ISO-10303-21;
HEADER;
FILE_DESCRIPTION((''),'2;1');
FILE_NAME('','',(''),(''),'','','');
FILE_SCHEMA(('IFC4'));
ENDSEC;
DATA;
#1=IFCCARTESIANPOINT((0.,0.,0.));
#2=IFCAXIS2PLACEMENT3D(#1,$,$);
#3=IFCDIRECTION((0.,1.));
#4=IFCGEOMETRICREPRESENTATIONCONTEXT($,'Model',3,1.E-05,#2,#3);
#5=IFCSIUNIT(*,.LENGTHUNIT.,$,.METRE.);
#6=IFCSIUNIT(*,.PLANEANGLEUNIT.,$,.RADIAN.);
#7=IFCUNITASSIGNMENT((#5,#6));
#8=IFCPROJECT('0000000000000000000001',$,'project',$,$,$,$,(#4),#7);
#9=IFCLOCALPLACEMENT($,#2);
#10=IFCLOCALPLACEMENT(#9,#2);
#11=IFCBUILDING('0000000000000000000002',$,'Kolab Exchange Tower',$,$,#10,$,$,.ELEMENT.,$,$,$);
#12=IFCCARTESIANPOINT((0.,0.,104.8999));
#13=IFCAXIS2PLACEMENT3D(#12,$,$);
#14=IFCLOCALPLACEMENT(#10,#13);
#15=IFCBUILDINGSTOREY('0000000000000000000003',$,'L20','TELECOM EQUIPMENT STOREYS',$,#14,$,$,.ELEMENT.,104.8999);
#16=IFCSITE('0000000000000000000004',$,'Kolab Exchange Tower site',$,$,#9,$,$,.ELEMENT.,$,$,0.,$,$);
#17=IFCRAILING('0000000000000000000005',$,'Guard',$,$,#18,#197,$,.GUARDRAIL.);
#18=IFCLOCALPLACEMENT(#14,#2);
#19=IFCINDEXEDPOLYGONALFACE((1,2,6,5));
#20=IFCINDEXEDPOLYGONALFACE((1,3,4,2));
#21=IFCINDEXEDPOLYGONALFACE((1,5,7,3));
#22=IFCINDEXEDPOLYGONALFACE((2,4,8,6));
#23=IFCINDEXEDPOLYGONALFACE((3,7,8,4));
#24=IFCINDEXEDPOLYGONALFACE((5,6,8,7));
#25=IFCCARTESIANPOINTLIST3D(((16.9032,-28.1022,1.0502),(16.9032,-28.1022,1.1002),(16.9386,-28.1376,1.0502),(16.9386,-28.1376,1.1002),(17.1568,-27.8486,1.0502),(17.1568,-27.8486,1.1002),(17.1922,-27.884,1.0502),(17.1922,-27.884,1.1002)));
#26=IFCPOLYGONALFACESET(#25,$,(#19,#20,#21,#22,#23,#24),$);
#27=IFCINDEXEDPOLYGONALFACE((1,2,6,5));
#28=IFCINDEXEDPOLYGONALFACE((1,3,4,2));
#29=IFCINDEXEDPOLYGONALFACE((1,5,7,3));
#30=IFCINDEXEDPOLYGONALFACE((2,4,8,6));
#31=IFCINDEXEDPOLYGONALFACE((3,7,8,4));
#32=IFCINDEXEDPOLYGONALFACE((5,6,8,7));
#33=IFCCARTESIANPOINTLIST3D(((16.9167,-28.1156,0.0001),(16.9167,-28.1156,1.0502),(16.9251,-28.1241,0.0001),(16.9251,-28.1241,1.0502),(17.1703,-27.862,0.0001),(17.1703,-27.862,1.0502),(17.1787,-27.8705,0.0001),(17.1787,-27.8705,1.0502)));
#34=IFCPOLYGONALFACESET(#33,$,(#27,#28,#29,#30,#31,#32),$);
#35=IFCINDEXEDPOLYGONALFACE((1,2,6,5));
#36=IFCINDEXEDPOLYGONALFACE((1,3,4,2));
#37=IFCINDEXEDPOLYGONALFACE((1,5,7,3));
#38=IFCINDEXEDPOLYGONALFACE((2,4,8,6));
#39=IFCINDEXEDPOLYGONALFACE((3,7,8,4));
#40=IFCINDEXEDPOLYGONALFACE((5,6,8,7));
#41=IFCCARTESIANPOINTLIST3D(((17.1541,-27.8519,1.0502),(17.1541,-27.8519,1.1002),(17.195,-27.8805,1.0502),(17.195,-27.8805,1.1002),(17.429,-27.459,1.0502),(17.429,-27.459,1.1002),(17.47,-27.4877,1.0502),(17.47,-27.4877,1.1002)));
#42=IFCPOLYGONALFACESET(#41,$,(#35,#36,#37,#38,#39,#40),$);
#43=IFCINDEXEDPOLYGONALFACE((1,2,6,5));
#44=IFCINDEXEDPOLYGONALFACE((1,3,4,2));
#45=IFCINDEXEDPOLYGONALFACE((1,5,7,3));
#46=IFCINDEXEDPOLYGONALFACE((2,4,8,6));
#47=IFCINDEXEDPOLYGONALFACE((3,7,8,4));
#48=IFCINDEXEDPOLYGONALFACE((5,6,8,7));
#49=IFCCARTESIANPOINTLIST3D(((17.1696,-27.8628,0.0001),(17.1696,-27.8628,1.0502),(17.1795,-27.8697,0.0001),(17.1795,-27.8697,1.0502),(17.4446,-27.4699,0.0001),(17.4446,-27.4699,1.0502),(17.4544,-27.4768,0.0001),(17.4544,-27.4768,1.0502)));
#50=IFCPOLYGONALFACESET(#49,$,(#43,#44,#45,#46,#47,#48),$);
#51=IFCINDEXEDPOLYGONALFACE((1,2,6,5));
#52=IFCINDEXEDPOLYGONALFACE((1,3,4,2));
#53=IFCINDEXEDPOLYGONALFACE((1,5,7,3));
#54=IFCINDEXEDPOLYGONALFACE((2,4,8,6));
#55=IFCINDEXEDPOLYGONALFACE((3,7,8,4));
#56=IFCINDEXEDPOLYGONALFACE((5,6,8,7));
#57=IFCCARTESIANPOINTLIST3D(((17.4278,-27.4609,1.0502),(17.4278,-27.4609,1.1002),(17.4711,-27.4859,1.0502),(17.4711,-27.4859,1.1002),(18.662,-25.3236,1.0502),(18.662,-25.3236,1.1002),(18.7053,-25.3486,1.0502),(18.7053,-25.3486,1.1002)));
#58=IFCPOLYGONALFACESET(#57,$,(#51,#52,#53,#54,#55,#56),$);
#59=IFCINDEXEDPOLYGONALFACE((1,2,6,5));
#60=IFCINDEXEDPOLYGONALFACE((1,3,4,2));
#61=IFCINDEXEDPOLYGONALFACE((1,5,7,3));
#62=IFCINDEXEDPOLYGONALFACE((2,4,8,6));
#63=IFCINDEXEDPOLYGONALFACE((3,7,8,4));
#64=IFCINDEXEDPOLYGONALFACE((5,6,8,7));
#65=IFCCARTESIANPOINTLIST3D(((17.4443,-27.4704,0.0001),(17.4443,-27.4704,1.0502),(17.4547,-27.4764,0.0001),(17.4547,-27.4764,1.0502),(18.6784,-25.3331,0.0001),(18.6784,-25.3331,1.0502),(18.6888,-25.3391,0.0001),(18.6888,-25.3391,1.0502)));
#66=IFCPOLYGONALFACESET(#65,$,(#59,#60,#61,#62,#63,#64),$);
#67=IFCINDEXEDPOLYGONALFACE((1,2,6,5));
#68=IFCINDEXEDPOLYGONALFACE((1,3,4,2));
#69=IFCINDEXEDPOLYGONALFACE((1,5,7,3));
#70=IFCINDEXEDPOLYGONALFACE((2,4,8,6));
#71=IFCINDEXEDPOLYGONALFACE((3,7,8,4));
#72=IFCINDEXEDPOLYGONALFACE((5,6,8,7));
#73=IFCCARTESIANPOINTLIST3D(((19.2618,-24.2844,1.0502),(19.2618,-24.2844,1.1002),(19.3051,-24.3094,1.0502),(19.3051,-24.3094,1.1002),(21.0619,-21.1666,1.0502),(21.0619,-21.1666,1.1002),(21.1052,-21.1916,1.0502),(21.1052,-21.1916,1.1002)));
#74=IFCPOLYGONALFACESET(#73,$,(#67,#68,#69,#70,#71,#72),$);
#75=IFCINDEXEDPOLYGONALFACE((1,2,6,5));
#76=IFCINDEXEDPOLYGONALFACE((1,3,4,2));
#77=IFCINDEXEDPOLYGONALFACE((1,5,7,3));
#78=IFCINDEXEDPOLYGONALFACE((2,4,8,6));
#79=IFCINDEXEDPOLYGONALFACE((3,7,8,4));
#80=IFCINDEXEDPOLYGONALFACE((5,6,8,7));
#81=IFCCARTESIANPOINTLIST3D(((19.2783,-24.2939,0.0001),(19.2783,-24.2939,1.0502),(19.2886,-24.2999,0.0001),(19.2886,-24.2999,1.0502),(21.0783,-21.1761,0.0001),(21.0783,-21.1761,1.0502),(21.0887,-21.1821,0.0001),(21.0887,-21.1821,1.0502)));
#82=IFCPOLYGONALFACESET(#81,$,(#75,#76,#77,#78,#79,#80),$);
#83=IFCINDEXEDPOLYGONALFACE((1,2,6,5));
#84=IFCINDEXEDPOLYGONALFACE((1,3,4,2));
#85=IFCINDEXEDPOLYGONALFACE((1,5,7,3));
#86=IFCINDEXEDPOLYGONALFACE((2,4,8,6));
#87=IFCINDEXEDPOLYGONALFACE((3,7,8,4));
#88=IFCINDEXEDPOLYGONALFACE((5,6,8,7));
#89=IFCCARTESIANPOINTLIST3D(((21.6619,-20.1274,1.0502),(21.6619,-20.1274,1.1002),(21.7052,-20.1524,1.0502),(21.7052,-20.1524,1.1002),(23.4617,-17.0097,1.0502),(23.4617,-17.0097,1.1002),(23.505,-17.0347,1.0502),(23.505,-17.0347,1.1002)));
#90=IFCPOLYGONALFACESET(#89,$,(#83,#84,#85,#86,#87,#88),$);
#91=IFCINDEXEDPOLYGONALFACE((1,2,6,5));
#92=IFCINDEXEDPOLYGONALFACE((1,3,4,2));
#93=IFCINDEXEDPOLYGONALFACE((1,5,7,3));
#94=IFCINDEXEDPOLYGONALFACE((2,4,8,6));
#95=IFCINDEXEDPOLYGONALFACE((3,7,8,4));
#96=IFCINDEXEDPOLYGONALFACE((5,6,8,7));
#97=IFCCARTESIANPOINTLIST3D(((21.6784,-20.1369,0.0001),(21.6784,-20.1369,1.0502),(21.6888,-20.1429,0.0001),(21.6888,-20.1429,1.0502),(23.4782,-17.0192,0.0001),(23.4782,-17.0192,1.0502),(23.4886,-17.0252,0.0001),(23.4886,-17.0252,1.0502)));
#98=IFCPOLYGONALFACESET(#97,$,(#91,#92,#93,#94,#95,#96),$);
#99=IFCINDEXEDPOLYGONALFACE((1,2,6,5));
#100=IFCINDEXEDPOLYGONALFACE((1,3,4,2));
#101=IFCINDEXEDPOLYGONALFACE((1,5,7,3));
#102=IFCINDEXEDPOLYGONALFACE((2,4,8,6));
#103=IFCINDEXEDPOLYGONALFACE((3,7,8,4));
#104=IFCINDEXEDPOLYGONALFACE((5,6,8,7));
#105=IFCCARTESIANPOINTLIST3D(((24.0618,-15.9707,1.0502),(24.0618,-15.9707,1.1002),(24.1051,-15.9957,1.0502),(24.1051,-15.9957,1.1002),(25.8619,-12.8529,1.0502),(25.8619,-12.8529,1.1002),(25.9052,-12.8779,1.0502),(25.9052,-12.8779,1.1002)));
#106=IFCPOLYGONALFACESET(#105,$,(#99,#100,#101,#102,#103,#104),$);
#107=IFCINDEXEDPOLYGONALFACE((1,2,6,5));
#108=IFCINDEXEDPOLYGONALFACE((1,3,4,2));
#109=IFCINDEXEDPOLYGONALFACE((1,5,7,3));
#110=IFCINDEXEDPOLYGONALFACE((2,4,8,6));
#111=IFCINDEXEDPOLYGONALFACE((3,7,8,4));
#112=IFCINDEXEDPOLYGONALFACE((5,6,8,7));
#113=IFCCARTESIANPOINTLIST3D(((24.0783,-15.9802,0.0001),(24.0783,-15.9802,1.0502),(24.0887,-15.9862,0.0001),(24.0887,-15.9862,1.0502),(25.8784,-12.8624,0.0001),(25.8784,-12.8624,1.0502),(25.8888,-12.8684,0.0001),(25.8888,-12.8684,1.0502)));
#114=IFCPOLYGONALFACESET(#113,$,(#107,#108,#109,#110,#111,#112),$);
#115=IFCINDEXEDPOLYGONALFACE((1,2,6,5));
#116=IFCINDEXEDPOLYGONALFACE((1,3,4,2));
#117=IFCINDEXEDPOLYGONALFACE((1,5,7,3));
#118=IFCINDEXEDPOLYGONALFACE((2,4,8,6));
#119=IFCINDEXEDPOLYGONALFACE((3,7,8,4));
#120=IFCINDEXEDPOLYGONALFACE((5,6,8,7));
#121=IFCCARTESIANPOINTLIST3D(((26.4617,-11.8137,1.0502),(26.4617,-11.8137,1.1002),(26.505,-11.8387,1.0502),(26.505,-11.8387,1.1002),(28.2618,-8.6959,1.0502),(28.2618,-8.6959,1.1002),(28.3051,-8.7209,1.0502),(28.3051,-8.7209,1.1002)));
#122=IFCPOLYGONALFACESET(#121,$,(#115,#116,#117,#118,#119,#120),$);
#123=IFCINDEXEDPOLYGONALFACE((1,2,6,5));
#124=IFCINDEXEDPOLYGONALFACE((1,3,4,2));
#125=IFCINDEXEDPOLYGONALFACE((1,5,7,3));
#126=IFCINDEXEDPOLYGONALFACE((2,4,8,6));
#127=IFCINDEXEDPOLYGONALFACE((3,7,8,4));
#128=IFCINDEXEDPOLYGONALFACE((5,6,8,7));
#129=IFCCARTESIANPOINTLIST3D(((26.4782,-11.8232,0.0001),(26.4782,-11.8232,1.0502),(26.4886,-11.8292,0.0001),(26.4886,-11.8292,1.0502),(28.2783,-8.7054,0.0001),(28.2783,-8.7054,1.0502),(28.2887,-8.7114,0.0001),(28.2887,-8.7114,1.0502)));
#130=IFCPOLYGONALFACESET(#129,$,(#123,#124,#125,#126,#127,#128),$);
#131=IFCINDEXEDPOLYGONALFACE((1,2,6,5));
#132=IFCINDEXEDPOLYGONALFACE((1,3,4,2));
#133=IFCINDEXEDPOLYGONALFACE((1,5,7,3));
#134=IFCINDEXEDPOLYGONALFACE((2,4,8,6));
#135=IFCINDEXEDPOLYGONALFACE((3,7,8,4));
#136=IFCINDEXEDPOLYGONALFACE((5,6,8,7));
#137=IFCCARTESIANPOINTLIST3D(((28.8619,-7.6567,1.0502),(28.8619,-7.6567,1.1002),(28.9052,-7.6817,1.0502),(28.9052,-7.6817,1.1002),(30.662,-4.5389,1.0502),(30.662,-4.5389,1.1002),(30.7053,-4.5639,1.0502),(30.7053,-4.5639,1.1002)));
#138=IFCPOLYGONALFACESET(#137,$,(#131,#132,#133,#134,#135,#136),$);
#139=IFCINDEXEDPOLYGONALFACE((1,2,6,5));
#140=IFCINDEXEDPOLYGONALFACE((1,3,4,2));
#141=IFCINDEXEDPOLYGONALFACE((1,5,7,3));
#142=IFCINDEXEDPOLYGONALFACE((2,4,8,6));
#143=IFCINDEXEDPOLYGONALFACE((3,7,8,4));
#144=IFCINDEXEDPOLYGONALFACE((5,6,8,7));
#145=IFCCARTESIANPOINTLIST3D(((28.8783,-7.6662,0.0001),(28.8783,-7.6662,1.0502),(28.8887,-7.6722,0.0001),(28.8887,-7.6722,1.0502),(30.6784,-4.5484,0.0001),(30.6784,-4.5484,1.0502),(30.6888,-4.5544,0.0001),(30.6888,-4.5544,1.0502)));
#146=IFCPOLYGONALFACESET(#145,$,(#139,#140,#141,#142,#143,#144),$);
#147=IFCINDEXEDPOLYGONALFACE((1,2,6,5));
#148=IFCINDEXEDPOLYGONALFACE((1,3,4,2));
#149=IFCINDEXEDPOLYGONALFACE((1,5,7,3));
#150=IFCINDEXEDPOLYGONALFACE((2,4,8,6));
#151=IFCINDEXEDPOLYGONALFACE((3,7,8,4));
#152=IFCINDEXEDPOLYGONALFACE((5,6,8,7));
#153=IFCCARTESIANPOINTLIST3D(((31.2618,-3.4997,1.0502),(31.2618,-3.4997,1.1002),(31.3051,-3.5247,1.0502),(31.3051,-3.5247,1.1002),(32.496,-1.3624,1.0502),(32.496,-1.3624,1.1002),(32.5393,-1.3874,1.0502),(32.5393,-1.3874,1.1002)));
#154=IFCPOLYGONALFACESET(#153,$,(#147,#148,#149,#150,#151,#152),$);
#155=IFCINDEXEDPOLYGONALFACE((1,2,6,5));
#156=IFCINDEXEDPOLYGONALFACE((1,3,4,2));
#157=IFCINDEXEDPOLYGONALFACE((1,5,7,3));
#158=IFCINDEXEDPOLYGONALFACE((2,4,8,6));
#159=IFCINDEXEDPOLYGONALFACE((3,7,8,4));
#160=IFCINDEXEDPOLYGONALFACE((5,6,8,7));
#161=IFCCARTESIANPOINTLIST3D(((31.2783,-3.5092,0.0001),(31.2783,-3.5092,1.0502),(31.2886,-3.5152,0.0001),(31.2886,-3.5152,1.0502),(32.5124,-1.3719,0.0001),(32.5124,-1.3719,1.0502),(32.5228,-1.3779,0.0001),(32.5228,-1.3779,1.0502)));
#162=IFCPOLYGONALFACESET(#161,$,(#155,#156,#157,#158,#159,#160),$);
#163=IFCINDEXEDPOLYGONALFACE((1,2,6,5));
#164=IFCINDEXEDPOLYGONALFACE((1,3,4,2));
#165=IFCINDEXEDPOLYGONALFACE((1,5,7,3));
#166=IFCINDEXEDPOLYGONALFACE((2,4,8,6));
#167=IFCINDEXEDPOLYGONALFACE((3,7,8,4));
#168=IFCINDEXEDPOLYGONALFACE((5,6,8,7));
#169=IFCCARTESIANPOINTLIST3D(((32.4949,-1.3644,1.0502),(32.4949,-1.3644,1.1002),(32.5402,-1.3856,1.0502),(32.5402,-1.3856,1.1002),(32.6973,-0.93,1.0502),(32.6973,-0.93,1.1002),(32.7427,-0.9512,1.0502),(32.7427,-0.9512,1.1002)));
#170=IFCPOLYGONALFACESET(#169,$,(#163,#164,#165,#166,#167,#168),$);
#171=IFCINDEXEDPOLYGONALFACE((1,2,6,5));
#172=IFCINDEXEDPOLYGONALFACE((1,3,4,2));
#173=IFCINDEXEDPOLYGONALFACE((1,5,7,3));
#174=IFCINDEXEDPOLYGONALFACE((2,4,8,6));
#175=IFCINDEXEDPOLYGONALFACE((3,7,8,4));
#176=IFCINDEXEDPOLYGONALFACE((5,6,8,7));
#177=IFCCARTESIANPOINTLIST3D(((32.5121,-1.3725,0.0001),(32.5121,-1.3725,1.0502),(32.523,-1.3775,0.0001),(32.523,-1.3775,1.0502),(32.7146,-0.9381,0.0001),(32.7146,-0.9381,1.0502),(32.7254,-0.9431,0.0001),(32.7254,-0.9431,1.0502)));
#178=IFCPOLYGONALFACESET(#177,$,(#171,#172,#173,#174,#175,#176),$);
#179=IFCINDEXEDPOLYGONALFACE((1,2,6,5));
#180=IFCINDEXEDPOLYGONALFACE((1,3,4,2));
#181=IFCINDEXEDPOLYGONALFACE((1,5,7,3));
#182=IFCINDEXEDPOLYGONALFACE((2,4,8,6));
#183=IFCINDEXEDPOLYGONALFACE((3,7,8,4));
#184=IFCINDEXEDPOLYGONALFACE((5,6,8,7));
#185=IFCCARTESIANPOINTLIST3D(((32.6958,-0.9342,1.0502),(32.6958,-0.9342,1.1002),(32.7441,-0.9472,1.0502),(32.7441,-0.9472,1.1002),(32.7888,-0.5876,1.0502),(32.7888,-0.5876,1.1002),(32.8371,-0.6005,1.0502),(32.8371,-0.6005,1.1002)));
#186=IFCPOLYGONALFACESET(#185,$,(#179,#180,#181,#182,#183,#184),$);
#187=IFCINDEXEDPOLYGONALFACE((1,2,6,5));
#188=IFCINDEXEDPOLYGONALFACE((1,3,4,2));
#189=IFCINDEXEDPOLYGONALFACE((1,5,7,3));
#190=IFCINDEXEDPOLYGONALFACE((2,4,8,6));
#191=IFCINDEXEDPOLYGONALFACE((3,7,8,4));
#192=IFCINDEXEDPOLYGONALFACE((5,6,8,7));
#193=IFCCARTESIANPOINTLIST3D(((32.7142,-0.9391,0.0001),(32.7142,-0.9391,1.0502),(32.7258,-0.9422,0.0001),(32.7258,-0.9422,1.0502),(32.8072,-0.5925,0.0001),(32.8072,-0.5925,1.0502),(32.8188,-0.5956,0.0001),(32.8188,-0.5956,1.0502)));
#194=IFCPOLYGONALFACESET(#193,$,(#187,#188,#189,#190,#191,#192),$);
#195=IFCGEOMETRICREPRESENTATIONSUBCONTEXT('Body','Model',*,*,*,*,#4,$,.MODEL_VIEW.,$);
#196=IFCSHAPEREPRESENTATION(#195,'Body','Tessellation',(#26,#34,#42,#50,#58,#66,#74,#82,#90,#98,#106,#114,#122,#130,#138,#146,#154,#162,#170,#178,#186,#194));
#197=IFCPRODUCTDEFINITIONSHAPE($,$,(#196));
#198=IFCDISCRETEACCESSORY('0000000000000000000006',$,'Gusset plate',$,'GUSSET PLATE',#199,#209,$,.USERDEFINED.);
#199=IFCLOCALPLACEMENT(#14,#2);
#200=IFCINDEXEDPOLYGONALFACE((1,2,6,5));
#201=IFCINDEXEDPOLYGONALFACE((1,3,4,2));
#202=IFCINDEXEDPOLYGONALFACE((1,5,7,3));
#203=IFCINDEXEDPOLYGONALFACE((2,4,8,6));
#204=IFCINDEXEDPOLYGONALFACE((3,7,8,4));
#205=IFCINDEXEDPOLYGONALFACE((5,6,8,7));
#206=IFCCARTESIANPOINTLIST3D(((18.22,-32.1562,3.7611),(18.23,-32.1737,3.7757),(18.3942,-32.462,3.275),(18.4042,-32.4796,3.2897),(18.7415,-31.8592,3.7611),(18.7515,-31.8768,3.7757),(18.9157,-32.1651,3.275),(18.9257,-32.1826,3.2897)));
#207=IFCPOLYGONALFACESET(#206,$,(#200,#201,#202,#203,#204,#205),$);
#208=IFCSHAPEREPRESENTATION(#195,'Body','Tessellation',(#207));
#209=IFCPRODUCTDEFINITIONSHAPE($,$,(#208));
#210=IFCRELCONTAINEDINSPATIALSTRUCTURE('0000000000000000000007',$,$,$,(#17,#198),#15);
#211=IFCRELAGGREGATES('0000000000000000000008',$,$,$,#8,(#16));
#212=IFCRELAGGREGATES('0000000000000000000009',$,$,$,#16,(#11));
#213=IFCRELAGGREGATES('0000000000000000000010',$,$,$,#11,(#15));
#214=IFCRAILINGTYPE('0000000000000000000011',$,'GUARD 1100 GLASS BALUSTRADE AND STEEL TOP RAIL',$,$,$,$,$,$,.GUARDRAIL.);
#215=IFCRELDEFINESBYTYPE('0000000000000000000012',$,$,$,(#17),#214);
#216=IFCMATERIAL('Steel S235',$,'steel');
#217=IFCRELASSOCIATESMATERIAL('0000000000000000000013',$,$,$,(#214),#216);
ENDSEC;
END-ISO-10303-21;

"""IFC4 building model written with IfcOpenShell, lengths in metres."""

from ifc_helpers import new_model, si_unit, direction, frame, frame_2d, origin, origin_2d, place, context, subcontext, project, spatial, rectangle, extrude, material, type_object, element, save


model = new_model("IFC4")

# Units and contexts
model_context = context("Model", 3, precision=1e-05, world=origin(), true_north=direction((0.0, 1.0)))
body_context = subcontext(model_context, "Body", "Model", "MODEL_VIEW")
ifc_project = project(units=[si_unit("LENGTHUNIT", "METRE"), si_unit("PLANEANGLEUNIT", "RADIAN")], contexts=[model_context])

# Site, building, storey
site_placement = place(None, origin())
site = spatial("IfcSite", under=ifc_project, at=site_placement, Name="Kolab Exchange Tower site", CompositionType="ELEMENT", RefElevation=0.0)
building_placement = place(site_placement, origin())
building = spatial("IfcBuilding", under=site, at=building_placement, Name="Kolab Exchange Tower", CompositionType="ELEMENT")
storey_placement = place(building_placement, frame((0.0, 0.0, 104.8999)))
storey = spatial("IfcBuildingStorey", under=building, at=storey_placement, Name="L20", Description="TELECOM EQUIPMENT STOREYS", CompositionType="ELEMENT", Elevation=104.8999)

# Railing
ifc_material_1 = material(Name="Steel S235", Category="steel")
railing_type = type_object("IfcRailingType", Name="GUARD 1100 GLASS BALUSTRADE AND STEEL TOP RAIL", PredefinedType="GUARDRAIL", material=ifc_material_1)
railing_placement = place(storey_placement, frame((16.9209, -28.1199, 0.0)))
element("IfcRailing", 1, at=railing_placement, inside=storey, type_object=railing_type, Name="Guard", PredefinedType="GUARDRAIL", context=body_context, shape_type="SweptSolid", body=[
    extrude(rectangle(XDim=0.05, YDim=0.05, at=origin_2d()), frame((0.0, 0.0, 1.0752), z_axis=(0.707107, 0.707107, 0.0), x_axis=(-0.707107, 0.707107, 0.0)), (0.0, 0.0, 1.0), 0.3586),
    extrude(rectangle(XDim=0.012, YDim=1.0501, at=frame_2d((0.0, 0.5251))), frame((0.0, 0.0, 0.0), z_axis=(0.707107, 0.707107, 0.0), x_axis=(-0.707107, 0.707107, 0.0)), (0.0, 0.0, 1.0), 0.3586),
    extrude(rectangle(XDim=0.05, YDim=0.05, at=origin_2d()), frame((0.2537, 0.2537, 1.0752), z_axis=(0.57336, 0.819304, 0.0), x_axis=(-0.819304, 0.57336, 0.0)), (0.0, 0.0, 1.0), 0.4795),
    extrude(rectangle(XDim=0.012, YDim=1.0501, at=frame_2d((0.0, 0.5251))), frame((0.2537, 0.2537, 0.0), z_axis=(0.57336, 0.819304, 0.0), x_axis=(-0.819304, 0.57336, 0.0)), (0.0, 0.0, 1.0), 0.4795),
    extrude(rectangle(XDim=0.05, YDim=0.05, at=origin_2d()), frame((0.5286, 0.6465, 1.0752), z_axis=(0.500065, 0.865988, 0.0), x_axis=(-0.865988, 0.500065, 0.0)), (0.0, 0.0, 1.0), 2.468),
    extrude(rectangle(XDim=0.012, YDim=1.0501, at=frame_2d((0.0, 0.5251))), frame((0.5286, 0.6465, 0.0), z_axis=(0.500065, 0.865988, 0.0), x_axis=(-0.865988, 0.500065, 0.0)), (0.0, 0.0, 1.0), 2.468),
    extrude(rectangle(XDim=0.05, YDim=0.05, at=origin_2d()), frame((2.3625, 3.823, 1.0752), z_axis=(0.500012, 0.866018, 0.0), x_axis=(-0.866018, 0.500012, 0.0)), (0.0, 0.0, 1.0), 3.6001),
    extrude(rectangle(XDim=0.012, YDim=1.0501, at=frame_2d((0.0, 0.5251))), frame((2.3625, 3.823, 0.0), z_axis=(0.500012, 0.866018, 0.0), x_axis=(-0.866018, 0.500012, 0.0)), (0.0, 0.0, 1.0), 3.6001),
    extrude(rectangle(XDim=0.05, YDim=0.05, at=origin_2d()), frame((4.7627, 7.98, 1.0752), z_axis=(0.499961, 0.866048, 0.0), x_axis=(-0.866048, 0.499961, 0.0)), (0.0, 0.0, 1.0), 3.5999),
    extrude(rectangle(XDim=0.012, YDim=1.0501, at=frame_2d((0.0, 0.5251))), frame((4.7627, 7.98, 0.0), z_axis=(0.499961, 0.866048, 0.0), x_axis=(-0.866048, 0.499961, 0.0)), (0.0, 0.0, 1.0), 3.5999),
    extrude(rectangle(XDim=0.05, YDim=0.05, at=origin_2d()), frame((7.1626, 12.1367, 1.0752), z_axis=(0.500012, 0.866018, 0.0), x_axis=(-0.866018, 0.500012, 0.0)), (0.0, 0.0, 1.0), 3.6001),
    extrude(rectangle(XDim=0.012, YDim=1.0501, at=frame_2d((0.0, 0.5251))), frame((7.1626, 12.1367, 0.0), z_axis=(0.500012, 0.866018, 0.0), x_axis=(-0.866018, 0.500012, 0.0)), (0.0, 0.0, 1.0), 3.6001),
    extrude(rectangle(XDim=0.05, YDim=0.05, at=origin_2d()), frame((9.5625, 16.2937, 1.0752), z_axis=(0.500012, 0.866018, 0.0), x_axis=(-0.866018, 0.500012, 0.0)), (0.0, 0.0, 1.0), 3.6001),
    extrude(rectangle(XDim=0.012, YDim=1.0501, at=frame_2d((0.0, 0.5251))), frame((9.5625, 16.2937, 0.0), z_axis=(0.500012, 0.866018, 0.0), x_axis=(-0.866018, 0.500012, 0.0)), (0.0, 0.0, 1.0), 3.6001),
    extrude(rectangle(XDim=0.05, YDim=0.05, at=origin_2d()), frame((11.9626, 20.4507, 1.0752), z_axis=(0.500012, 0.866018, 0.0), x_axis=(-0.866018, 0.500012, 0.0)), (0.0, 0.0, 1.0), 3.6001),
    extrude(rectangle(XDim=0.012, YDim=1.0501, at=frame_2d((0.0, 0.5251))), frame((11.9626, 20.4507, 0.0), z_axis=(0.500012, 0.866018, 0.0), x_axis=(-0.866018, 0.500012, 0.0)), (0.0, 0.0, 1.0), 3.6001),
    extrude(rectangle(XDim=0.05, YDim=0.05, at=origin_2d()), frame((14.3625, 24.6077, 1.0752), z_axis=(0.500065, 0.865988, 0.0), x_axis=(-0.865988, 0.500065, 0.0)), (0.0, 0.0, 1.0), 2.468),
    extrude(rectangle(XDim=0.012, YDim=1.0501, at=frame_2d((0.0, 0.5251))), frame((14.3625, 24.6077, 0.0), z_axis=(0.500065, 0.865988, 0.0), x_axis=(-0.865988, 0.500065, 0.0)), (0.0, 0.0, 1.0), 2.468),
    extrude(rectangle(XDim=0.05, YDim=0.05, at=origin_2d()), frame((15.5967, 26.7449, 1.0752), z_axis=(0.422383, 0.906417, 0.0), x_axis=(-0.906417, 0.422383, 0.0)), (0.0, 0.0, 1.0), 0.4792),
    extrude(rectangle(XDim=0.012, YDim=1.0501, at=frame_2d((0.0, 0.5251))), frame((15.5967, 26.7449, 0.0), z_axis=(0.422383, 0.906417, 0.0), x_axis=(-0.906417, 0.422383, 0.0)), (0.0, 0.0, 1.0), 0.4792),
    extrude(rectangle(XDim=0.05, YDim=0.05, at=origin_2d()), frame((15.7991, 27.1792, 1.0752), z_axis=(0.259144, 0.965839, 0.0), x_axis=(-0.965839, 0.259144, 0.0)), (0.0, 0.0, 1.0), 0.3589),
    extrude(rectangle(XDim=0.012, YDim=1.0501, at=frame_2d((0.0, 0.5251))), frame((15.7991, 27.1792, 0.0), z_axis=(0.259144, 0.965839, 0.0), x_axis=(-0.965839, 0.259144, 0.0)), (0.0, 0.0, 1.0), 0.3589),
])

# Discrete accessory
discrete_accessory_placement = place(storey_placement, frame((18.5679, -32.1606, 3.5181), z_axis=(0.400788, -0.703822, 0.586518), x_axis=(0.868985, 0.494839, 0.0)))
element("IfcDiscreteAccessory", 2, at=discrete_accessory_placement, inside=storey, Name="Gusset plate", ObjectType="GUSSET PLATE", PredefinedType="USERDEFINED", context=body_context, shape_type="SweptSolid", body=[
    extrude(rectangle(XDim=0.6001, YDim=0.6001, at=origin_2d()), origin(), (0.0, 0.0, 1.0), 0.0249),
])

save(model, "model.ifc")
